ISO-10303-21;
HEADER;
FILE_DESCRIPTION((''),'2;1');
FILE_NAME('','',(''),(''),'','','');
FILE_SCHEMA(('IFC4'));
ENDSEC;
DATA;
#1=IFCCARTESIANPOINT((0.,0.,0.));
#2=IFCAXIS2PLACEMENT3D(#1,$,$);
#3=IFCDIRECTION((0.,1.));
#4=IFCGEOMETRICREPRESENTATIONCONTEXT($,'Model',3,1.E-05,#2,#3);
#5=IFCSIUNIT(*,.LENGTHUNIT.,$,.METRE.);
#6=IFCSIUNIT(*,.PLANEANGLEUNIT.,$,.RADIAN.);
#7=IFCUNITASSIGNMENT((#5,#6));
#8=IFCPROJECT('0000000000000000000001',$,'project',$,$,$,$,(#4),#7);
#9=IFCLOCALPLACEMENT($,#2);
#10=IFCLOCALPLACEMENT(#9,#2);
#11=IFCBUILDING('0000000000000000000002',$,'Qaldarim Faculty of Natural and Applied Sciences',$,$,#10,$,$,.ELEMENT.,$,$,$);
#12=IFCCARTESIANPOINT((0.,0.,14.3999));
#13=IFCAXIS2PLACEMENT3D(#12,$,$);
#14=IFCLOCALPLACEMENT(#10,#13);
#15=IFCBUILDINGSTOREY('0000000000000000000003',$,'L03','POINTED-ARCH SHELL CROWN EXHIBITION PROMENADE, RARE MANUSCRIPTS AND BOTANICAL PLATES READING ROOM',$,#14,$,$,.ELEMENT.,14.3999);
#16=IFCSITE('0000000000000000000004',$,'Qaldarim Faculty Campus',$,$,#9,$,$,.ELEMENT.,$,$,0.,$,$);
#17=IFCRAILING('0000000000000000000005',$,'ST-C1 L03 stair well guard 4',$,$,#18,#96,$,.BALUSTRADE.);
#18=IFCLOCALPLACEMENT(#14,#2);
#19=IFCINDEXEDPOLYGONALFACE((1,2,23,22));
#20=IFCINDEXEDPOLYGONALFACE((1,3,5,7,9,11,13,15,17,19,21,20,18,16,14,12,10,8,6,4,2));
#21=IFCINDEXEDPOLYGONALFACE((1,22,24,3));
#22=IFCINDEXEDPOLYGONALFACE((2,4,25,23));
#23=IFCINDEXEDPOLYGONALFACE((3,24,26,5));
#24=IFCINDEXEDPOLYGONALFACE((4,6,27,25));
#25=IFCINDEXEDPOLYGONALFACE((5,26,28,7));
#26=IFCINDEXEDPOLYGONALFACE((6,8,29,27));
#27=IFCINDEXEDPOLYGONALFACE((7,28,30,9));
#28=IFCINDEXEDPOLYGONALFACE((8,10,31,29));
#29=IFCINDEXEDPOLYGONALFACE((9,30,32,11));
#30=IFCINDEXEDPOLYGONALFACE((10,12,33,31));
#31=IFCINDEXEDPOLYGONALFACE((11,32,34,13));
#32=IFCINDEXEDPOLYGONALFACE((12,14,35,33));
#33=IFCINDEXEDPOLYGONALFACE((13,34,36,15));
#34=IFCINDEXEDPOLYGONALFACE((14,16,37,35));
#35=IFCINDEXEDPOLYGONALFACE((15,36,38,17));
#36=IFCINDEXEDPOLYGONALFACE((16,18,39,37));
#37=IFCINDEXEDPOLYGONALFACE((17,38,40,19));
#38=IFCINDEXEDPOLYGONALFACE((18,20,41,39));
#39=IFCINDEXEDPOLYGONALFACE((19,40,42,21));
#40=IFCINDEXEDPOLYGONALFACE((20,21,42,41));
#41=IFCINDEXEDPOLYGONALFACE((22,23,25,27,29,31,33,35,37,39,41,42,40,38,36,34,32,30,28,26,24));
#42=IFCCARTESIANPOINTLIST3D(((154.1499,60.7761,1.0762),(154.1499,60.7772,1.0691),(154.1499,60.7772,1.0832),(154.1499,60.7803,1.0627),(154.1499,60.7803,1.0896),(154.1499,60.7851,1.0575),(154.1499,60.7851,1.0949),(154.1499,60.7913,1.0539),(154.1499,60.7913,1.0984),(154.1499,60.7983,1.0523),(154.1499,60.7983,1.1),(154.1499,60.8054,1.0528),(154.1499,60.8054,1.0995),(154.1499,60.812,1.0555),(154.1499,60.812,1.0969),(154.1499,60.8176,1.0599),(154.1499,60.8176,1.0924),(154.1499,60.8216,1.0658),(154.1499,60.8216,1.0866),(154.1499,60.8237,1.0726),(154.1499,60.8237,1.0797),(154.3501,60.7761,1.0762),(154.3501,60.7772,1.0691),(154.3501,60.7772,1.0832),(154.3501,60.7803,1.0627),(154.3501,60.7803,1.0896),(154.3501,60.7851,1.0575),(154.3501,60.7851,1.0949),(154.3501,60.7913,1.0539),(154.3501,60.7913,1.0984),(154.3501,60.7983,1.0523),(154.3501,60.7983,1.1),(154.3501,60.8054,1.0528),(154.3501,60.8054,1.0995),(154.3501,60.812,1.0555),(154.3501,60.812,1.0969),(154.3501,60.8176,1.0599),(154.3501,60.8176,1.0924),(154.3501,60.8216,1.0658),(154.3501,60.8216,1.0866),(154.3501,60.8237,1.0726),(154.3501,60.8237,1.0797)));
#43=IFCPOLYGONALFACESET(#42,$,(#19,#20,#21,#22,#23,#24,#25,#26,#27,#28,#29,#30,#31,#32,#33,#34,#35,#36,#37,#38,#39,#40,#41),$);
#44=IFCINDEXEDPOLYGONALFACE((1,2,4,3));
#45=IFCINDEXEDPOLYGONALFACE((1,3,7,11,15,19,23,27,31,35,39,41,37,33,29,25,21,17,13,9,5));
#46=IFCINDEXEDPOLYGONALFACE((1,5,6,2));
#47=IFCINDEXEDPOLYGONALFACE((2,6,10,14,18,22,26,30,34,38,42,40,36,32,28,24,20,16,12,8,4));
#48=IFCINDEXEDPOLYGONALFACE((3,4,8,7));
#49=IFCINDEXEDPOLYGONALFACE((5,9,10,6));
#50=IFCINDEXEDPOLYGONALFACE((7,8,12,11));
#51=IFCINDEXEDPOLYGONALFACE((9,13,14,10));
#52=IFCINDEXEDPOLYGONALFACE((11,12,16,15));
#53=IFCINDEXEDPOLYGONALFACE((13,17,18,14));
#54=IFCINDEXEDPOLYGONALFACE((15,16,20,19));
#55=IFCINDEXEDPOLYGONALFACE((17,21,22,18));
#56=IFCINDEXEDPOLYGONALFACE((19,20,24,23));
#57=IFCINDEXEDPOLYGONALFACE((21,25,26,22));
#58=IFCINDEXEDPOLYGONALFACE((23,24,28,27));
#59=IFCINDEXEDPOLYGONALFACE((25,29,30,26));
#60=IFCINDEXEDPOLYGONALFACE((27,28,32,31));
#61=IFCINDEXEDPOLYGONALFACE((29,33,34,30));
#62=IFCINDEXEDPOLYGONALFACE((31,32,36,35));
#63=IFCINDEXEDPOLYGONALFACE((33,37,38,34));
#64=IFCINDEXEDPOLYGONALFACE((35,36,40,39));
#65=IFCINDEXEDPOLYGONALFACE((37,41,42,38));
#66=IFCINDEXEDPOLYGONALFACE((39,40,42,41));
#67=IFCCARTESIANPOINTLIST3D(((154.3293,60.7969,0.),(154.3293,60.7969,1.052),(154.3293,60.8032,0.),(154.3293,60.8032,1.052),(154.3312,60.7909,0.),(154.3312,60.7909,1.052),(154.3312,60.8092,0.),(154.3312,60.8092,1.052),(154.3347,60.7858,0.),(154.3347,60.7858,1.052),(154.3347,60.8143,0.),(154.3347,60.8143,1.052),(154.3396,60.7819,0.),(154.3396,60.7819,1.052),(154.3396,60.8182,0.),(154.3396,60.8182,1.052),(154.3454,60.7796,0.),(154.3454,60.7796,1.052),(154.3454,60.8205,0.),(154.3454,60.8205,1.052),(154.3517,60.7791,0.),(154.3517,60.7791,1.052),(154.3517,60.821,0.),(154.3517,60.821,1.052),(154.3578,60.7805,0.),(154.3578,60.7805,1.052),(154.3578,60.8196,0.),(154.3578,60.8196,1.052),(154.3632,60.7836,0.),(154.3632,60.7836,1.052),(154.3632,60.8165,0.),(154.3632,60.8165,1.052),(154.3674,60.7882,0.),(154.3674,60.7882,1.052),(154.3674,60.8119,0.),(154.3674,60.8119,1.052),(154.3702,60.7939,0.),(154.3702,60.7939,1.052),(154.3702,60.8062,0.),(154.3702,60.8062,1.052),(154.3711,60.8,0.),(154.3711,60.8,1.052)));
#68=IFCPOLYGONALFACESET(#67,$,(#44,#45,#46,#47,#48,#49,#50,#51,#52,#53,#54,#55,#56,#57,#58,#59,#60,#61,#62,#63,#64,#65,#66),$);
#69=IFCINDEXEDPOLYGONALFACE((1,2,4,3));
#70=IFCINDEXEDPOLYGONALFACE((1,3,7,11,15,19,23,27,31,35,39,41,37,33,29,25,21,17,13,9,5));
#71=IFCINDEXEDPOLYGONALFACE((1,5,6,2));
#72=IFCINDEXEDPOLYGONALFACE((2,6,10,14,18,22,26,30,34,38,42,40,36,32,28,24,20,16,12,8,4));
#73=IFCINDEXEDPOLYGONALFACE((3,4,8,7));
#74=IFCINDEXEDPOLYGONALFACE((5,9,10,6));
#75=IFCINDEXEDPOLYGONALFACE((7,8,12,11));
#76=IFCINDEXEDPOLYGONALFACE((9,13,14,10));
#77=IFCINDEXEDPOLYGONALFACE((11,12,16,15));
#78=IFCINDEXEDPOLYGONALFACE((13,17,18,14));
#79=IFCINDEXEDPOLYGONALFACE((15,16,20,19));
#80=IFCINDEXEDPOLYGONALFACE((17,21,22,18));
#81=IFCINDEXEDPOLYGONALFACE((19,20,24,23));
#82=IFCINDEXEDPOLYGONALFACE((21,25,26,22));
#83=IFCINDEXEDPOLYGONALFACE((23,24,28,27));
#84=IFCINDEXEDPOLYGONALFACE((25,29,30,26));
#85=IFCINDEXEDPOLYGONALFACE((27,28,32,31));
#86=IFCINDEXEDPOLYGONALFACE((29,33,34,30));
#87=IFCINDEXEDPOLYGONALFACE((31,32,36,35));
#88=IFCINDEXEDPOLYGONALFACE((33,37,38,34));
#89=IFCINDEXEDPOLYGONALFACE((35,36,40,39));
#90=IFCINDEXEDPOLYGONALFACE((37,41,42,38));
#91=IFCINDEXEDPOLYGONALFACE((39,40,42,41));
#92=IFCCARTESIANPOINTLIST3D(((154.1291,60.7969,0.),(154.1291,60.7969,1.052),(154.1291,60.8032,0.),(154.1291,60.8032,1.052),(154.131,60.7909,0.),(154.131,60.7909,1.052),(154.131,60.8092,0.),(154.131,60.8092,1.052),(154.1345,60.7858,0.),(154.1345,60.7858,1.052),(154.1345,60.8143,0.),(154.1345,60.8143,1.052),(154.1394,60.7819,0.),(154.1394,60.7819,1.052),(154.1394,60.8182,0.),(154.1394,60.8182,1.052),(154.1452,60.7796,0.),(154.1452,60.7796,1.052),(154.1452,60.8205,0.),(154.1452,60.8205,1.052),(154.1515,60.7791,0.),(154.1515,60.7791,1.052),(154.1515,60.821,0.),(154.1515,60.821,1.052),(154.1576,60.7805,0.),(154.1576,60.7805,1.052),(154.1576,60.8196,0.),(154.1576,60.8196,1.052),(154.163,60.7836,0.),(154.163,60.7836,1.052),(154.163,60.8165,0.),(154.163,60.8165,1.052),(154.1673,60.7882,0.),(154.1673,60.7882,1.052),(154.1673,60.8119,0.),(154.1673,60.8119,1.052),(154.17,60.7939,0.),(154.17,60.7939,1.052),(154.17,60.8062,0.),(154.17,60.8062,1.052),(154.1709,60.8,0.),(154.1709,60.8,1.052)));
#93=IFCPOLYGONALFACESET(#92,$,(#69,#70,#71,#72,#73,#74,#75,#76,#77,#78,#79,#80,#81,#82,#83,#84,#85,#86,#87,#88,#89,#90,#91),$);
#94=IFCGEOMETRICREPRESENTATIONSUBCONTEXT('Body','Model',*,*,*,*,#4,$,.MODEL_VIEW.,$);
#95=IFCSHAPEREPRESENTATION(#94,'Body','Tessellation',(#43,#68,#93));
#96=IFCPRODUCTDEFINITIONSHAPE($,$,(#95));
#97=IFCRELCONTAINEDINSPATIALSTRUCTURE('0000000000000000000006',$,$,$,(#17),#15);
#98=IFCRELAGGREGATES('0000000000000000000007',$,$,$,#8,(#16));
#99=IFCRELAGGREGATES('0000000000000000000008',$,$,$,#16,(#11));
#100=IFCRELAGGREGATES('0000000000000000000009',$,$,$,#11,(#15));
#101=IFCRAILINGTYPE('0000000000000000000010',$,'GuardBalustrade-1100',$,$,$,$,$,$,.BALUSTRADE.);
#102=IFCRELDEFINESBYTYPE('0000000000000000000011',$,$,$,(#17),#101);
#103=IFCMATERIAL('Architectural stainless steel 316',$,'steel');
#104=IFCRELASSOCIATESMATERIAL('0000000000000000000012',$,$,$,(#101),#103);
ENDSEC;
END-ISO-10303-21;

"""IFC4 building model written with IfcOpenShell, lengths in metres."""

from ifc_helpers import new_model, si_unit, direction, frame, origin, origin_2d, place, context, subcontext, project, spatial, circle, extrude, material, type_object, element, save


model = new_model("IFC4")

# Units and contexts
model_context = context("Model", 3, precision=1e-05, world=origin(), true_north=direction((0.0, 1.0)))
body_context = subcontext(model_context, "Body", "Model", "MODEL_VIEW")
ifc_project = project(units=[si_unit("LENGTHUNIT", "METRE"), si_unit("PLANEANGLEUNIT", "RADIAN")], contexts=[model_context])

# Site, building, storey
site_placement = place(None, origin())
site = spatial("IfcSite", under=ifc_project, at=site_placement, Name="Qaldarim Faculty Campus", CompositionType="ELEMENT", RefElevation=0.0)
building_placement = place(site_placement, origin())
building = spatial("IfcBuilding", under=site, at=building_placement, Name="Qaldarim Faculty of Natural and Applied Sciences", CompositionType="ELEMENT")
storey_placement = place(building_placement, frame((0.0, 0.0, 14.3999)))
storey = spatial("IfcBuildingStorey", under=building, at=storey_placement, Name="L03", Description="POINTED-ARCH SHELL CROWN EXHIBITION PROMENADE, RARE MANUSCRIPTS AND BOTANICAL PLATES READING ROOM", CompositionType="ELEMENT", Elevation=14.3999)

# Shared definitions
ifc_material_1 = material(Name="Architectural stainless steel 316", Category="steel")

# Railing
railing_type_1 = type_object("IfcRailingType", Name="GuardBalustrade-1100", PredefinedType="BALUSTRADE", material=ifc_material_1)
railing_1_placement = place(storey_placement, frame((154.3501, 60.8, 0.0)))
element("IfcRailing", 1, at=railing_1_placement, inside=storey, type_object=railing_type_1, Name="ST-C1 L03 stair well guard 4", PredefinedType="BALUSTRADE", context=body_context, shape_type="SweptSolid", body=[
    extrude(circle(Radius=0.0239, at=origin_2d()), frame((0.0, 0.0, 1.0762), z_axis=(-1.0, 0.0, 0.0), x_axis=(0.0, -1.0, 0.0)), (0.0, 0.0, 1.0), 0.2002),
    extrude(circle(Radius=0.021, at=origin_2d()), origin(), (0.0, 0.0, 1.0), 1.052),
    extrude(circle(Radius=0.021, at=origin_2d()), frame((-0.2002, 0.0, 0.0)), (0.0, 0.0, 1.0), 1.052),
])

save(model, "model.ifc")
